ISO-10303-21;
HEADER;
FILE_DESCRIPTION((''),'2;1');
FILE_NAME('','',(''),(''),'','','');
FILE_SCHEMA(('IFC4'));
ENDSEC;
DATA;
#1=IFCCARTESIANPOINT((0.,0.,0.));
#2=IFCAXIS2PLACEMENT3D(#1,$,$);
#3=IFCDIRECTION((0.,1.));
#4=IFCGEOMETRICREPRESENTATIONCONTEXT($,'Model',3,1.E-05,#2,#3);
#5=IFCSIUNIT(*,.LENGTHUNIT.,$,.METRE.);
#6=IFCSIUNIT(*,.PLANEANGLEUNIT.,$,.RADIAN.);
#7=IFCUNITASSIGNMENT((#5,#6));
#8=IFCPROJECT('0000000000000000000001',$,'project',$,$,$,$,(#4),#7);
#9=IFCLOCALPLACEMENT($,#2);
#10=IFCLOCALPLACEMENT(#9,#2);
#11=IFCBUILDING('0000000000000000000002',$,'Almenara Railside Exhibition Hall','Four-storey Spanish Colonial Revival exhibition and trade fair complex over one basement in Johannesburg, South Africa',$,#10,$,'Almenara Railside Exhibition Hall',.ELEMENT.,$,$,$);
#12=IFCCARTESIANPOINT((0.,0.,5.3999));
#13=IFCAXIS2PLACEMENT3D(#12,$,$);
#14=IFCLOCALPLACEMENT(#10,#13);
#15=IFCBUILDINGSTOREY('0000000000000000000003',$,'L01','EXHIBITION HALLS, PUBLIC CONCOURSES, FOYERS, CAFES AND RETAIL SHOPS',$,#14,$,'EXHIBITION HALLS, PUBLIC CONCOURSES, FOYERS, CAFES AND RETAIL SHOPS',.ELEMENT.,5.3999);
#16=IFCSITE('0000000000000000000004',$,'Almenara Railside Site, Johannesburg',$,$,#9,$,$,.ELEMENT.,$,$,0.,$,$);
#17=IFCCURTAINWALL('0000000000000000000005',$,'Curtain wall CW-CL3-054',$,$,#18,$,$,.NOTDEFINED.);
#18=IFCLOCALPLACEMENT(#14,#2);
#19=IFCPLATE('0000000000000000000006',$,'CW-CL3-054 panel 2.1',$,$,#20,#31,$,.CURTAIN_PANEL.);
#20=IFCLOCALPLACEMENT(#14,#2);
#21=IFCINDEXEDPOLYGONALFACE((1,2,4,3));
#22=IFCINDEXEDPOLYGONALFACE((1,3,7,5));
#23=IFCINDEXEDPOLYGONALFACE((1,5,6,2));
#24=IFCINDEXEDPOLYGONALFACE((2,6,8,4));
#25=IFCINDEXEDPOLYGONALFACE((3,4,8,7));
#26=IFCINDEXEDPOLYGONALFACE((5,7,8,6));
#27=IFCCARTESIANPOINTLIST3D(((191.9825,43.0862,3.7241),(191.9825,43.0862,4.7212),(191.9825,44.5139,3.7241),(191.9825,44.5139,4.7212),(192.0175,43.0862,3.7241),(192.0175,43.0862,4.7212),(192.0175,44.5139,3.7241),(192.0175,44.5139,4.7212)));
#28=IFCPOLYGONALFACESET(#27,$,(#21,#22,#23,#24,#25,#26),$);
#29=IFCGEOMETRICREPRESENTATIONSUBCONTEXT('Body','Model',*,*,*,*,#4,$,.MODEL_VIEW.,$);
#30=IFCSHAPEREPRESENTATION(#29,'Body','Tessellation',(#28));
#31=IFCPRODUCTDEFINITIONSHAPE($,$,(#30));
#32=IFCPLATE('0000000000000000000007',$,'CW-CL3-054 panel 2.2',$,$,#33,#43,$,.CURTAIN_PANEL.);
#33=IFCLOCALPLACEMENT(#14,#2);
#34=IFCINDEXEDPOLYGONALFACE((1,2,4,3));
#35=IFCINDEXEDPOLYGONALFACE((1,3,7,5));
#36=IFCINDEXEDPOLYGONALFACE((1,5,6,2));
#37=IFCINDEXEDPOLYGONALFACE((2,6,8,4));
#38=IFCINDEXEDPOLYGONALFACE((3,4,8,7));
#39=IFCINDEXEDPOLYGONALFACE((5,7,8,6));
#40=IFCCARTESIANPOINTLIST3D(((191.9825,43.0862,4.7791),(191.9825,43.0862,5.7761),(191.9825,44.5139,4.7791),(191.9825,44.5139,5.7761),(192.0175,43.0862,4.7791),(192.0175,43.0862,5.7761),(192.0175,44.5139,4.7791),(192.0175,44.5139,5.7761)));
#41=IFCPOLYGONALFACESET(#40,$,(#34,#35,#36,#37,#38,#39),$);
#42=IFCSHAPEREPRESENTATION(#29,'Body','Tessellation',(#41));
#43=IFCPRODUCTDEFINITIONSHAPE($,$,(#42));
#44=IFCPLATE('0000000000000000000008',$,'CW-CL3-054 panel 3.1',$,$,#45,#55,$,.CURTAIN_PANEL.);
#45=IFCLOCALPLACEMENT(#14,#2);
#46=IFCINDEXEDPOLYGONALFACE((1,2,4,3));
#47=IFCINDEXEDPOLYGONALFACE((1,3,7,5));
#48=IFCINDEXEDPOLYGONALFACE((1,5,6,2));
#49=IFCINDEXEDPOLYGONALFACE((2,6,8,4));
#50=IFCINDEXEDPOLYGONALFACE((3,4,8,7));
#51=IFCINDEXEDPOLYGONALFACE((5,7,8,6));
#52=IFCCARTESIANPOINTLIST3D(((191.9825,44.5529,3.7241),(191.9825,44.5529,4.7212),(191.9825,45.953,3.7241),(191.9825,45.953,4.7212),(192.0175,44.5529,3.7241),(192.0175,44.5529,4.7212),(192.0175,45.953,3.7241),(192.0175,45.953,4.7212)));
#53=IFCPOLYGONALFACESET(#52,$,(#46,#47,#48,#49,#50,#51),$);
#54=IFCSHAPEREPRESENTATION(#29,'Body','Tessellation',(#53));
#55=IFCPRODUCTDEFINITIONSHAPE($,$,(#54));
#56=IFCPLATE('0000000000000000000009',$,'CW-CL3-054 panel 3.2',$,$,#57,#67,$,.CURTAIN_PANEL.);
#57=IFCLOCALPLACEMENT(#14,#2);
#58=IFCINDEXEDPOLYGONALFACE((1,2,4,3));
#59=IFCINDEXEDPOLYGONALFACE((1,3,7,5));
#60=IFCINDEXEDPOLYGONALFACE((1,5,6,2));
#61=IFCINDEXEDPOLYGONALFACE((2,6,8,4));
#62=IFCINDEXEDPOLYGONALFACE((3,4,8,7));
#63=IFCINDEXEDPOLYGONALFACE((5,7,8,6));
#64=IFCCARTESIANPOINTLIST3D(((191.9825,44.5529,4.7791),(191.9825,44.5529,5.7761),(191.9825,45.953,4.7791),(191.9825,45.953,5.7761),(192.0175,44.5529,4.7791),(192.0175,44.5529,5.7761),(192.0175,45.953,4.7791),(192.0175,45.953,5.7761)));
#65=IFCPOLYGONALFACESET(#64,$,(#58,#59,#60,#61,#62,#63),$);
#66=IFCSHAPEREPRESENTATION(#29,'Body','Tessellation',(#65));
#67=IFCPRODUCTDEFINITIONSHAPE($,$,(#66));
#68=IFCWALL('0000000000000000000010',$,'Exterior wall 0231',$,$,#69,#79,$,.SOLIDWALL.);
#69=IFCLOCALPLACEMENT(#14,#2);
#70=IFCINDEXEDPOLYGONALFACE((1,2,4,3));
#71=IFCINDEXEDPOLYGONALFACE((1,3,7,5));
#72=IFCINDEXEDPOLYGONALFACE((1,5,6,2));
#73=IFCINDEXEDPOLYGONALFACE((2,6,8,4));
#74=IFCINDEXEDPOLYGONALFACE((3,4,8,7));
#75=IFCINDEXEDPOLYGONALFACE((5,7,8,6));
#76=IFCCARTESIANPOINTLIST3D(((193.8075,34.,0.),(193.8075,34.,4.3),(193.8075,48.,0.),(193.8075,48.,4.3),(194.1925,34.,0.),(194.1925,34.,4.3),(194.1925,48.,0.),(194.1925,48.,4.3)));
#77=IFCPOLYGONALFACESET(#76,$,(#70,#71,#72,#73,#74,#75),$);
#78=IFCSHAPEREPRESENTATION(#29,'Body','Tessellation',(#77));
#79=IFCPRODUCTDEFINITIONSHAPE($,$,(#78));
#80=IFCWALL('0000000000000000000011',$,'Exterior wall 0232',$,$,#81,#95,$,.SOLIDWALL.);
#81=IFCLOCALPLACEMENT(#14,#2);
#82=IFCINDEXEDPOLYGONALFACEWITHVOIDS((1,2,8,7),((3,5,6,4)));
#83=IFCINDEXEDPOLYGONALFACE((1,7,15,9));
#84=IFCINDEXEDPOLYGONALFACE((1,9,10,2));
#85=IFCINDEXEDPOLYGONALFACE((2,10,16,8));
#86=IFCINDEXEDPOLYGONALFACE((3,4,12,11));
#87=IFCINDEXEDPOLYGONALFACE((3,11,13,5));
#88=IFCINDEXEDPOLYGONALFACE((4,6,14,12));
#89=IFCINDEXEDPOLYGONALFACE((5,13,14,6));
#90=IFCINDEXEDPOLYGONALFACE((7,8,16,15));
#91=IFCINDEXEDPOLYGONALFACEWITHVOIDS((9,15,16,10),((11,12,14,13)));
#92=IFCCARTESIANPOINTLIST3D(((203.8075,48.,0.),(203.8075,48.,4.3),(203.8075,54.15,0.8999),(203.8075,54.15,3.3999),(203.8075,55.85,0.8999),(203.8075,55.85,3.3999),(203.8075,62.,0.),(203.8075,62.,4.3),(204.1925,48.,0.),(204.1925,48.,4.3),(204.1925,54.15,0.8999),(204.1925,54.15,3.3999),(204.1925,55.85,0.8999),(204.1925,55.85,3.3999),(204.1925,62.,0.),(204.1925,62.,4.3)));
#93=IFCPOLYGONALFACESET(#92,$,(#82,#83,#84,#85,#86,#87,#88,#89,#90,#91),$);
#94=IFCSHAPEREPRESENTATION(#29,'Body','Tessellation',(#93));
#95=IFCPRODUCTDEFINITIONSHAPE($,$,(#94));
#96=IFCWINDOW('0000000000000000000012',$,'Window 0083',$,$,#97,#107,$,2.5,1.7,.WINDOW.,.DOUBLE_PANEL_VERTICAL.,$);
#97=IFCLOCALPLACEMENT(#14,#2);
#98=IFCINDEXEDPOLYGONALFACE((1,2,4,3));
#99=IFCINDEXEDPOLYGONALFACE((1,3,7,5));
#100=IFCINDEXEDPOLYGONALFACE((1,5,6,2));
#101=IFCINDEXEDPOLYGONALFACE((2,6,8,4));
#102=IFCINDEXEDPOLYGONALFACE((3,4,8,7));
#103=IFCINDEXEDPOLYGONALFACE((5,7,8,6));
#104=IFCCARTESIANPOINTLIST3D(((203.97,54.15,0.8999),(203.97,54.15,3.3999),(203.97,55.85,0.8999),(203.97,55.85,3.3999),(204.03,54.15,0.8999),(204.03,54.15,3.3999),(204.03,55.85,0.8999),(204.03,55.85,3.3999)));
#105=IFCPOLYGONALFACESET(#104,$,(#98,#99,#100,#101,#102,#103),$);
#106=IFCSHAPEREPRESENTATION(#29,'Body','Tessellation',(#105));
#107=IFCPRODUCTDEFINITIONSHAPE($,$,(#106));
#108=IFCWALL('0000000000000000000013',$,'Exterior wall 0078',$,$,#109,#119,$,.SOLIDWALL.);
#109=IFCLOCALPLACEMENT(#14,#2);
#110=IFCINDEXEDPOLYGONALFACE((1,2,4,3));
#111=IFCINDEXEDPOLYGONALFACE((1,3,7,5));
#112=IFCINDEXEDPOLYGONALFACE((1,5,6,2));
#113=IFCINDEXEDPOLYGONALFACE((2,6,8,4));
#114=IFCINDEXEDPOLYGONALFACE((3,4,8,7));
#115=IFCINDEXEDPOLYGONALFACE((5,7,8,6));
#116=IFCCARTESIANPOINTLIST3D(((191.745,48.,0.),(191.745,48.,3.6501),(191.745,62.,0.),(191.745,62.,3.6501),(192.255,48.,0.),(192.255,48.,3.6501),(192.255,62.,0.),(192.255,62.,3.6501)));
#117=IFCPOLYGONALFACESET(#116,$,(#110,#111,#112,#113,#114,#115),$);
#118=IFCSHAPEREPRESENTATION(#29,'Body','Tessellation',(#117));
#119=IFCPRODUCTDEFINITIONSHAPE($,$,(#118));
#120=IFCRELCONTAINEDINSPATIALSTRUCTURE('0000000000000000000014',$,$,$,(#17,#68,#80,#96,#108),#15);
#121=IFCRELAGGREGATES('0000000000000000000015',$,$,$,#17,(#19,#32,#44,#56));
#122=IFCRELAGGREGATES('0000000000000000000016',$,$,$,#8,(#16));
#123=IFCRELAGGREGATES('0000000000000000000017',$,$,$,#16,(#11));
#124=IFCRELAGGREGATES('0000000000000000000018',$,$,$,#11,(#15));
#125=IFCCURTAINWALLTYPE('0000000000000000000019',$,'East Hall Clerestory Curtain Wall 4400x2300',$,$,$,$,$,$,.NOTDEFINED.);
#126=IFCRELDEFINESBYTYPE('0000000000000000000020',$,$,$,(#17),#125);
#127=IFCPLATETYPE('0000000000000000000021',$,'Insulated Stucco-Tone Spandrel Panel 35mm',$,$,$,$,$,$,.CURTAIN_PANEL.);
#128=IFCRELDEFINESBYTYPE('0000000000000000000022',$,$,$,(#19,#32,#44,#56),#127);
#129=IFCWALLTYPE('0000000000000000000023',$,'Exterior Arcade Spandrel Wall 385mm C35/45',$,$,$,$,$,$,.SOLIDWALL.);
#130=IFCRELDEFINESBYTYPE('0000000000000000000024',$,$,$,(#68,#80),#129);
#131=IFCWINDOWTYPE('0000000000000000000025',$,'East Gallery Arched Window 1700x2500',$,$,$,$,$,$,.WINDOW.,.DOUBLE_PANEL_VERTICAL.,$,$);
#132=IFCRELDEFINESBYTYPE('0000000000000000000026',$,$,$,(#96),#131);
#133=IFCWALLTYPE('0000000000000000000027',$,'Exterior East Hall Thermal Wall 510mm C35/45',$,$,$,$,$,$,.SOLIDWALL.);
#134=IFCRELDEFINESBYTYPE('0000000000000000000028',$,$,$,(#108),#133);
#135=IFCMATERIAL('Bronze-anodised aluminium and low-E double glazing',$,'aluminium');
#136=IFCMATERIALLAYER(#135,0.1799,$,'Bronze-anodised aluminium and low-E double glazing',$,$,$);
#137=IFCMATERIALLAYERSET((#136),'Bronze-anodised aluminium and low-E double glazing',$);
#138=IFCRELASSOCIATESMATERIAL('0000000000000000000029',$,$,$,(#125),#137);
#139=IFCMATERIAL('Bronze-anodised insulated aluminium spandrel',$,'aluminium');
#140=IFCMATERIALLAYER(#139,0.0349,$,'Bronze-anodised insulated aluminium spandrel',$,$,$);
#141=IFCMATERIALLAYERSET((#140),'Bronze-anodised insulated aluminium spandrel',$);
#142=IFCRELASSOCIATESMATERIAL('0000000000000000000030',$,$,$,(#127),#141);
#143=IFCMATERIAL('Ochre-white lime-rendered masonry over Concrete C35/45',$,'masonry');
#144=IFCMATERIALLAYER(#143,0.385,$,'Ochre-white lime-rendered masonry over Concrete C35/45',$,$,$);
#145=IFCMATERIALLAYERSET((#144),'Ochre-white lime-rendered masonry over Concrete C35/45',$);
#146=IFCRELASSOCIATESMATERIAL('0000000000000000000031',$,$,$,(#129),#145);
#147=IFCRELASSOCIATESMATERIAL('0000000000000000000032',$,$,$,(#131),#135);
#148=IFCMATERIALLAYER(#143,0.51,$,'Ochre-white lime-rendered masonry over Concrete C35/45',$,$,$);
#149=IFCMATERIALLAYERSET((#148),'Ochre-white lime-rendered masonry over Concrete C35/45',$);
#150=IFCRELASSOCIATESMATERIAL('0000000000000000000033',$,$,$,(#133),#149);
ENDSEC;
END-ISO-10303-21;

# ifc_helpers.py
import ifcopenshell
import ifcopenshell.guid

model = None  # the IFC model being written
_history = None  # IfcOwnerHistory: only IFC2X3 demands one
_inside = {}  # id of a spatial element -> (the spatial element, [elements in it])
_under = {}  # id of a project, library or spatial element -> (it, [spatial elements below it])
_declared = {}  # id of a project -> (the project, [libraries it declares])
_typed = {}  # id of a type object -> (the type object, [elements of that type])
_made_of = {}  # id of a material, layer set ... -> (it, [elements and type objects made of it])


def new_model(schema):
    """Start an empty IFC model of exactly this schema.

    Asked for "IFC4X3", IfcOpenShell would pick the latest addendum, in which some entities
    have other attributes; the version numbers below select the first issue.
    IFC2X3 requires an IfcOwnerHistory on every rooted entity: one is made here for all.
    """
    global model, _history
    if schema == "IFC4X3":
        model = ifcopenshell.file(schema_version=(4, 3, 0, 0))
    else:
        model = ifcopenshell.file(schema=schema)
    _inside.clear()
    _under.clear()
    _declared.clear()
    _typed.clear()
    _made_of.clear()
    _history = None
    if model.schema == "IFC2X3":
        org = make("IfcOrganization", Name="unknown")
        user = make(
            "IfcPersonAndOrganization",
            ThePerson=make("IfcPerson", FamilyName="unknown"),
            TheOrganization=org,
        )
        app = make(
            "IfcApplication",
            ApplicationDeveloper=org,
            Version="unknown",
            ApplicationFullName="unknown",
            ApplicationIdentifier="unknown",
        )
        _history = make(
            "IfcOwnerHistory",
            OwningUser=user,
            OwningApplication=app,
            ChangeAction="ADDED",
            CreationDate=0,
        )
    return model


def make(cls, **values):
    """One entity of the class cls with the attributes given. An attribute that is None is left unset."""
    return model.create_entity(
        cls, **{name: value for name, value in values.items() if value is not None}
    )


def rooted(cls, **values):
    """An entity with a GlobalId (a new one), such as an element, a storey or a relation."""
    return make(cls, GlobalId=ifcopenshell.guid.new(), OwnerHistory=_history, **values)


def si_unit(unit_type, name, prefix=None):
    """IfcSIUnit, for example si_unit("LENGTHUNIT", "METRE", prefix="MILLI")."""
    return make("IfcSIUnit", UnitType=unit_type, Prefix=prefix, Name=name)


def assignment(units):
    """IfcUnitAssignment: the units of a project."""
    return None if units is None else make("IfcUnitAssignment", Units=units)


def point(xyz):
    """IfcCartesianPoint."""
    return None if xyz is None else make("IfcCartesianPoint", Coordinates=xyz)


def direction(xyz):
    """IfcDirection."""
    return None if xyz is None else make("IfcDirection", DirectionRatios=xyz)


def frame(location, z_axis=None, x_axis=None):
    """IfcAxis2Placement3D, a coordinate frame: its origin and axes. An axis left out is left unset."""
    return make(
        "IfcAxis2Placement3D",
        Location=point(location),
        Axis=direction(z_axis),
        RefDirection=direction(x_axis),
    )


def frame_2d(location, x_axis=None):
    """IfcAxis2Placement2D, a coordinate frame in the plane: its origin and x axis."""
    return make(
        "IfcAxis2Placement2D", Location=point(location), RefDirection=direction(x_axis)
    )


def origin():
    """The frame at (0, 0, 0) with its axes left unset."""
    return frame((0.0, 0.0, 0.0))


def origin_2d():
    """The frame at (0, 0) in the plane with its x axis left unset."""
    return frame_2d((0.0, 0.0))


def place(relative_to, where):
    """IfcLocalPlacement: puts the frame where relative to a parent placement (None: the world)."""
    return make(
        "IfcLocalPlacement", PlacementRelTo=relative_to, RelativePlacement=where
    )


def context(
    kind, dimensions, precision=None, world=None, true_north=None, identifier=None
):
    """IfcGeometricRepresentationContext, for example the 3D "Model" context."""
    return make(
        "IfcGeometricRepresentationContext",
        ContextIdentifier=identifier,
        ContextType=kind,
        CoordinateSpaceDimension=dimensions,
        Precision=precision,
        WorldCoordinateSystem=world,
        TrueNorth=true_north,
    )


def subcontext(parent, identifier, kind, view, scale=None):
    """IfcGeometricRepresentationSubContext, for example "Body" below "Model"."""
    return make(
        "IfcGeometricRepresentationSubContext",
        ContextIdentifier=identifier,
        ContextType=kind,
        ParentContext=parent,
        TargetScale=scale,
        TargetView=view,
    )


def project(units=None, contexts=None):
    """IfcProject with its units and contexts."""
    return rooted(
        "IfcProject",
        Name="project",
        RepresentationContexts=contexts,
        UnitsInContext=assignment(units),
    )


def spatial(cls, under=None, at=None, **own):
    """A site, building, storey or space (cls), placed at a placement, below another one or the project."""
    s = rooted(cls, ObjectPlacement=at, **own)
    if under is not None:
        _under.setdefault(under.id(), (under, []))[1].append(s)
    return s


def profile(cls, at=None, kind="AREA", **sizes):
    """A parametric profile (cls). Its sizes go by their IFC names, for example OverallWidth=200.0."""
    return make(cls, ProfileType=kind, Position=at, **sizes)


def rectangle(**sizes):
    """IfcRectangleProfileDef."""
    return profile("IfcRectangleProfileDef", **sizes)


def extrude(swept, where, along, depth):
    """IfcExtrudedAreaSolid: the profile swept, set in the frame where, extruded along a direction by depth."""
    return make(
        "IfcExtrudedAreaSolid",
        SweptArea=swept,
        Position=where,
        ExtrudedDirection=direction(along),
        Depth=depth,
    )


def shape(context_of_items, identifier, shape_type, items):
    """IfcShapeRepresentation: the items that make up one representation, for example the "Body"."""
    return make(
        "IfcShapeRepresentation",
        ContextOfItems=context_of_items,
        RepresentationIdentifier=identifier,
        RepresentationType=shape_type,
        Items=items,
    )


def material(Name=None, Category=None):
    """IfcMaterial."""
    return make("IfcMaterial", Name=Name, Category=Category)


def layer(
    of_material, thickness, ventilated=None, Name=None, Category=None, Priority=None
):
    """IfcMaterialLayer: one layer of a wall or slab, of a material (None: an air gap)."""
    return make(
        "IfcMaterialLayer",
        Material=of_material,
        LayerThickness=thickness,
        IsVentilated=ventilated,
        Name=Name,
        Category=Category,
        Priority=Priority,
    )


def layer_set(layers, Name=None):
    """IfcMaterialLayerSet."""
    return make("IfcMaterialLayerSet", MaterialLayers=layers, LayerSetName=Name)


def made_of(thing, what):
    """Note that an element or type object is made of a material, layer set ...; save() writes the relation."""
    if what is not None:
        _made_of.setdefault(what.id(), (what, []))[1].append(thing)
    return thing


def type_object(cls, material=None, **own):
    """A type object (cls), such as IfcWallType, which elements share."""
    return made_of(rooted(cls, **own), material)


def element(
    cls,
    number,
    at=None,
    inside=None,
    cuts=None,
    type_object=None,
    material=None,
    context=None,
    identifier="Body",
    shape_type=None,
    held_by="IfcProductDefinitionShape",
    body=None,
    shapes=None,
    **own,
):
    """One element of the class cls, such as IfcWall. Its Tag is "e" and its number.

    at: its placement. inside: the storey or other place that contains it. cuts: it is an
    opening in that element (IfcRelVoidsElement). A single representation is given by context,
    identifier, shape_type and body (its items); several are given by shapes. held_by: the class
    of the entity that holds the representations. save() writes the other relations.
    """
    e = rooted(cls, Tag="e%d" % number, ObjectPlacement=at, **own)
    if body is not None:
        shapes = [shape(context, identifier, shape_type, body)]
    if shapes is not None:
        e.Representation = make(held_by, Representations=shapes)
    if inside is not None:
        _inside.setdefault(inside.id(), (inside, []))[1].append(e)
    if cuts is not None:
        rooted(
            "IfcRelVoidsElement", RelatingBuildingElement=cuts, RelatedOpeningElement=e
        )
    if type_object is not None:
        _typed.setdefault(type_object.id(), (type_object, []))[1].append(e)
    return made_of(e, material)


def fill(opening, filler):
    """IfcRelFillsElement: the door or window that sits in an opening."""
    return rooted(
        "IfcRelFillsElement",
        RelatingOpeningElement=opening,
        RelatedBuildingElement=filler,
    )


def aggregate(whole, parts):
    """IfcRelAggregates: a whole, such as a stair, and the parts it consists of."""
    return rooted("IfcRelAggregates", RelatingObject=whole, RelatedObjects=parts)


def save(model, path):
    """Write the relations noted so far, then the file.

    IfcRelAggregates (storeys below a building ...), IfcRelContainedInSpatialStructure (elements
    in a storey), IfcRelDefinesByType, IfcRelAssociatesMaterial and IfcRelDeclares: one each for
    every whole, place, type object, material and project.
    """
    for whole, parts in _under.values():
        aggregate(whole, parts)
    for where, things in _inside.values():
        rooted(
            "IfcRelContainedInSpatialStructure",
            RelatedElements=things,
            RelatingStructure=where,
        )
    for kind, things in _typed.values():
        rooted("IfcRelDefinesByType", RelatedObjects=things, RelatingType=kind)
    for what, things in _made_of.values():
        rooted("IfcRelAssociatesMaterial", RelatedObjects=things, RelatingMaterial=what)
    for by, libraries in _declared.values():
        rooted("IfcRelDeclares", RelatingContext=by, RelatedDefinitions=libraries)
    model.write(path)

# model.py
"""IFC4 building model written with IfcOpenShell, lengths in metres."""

from ifc_helpers import new_model, si_unit, direction, frame, frame_2d, origin, origin_2d, place, context, subcontext, project, spatial, rectangle, extrude, material, layer, layer_set, type_object, element, fill, aggregate, save


model = new_model("IFC4")

# Units and contexts
model_context = context("Model", 3, precision=1e-05, world=origin(), true_north=direction((0.0, 1.0)))
body_context = subcontext(model_context, "Body", "Model", "MODEL_VIEW")
ifc_project = project(units=[si_unit("LENGTHUNIT", "METRE"), si_unit("PLANEANGLEUNIT", "RADIAN")], contexts=[model_context])

# Site, building, storey
site_placement = place(None, origin())
site = spatial("IfcSite", under=ifc_project, at=site_placement, Name="Almenara Railside Site, Johannesburg", CompositionType="ELEMENT", RefElevation=0.0)
building_placement = place(site_placement, origin())
building = spatial("IfcBuilding", under=site, at=building_placement, Name="Almenara Railside Exhibition Hall", Description="Four-storey Spanish Colonial Revival exhibition and trade fair complex over one basement in Johannesburg, South Africa", LongName="Almenara Railside Exhibition Hall", CompositionType="ELEMENT")
storey_placement = place(building_placement, frame((0.0, 0.0, 5.3999)))
storey = spatial("IfcBuildingStorey", under=building, at=storey_placement, Name="L01", Description="EXHIBITION HALLS, PUBLIC CONCOURSES, FOYERS, CAFES AND RETAIL SHOPS", LongName="EXHIBITION HALLS, PUBLIC CONCOURSES, FOYERS, CAFES AND RETAIL SHOPS", CompositionType="ELEMENT", Elevation=5.3999)

# Curtain wall
ifc_material_1 = material(Name="Bronze-anodised aluminium and low-E double glazing", Category="aluminium")
ifc_layer_1 = layer(ifc_material_1, 0.1799, Name="Bronze-anodised aluminium and low-E double glazing")
ifc_layer_set_1 = layer_set([ifc_layer_1], Name="Bronze-anodised aluminium and low-E double glazing")
curtain_wall_type_1 = type_object("IfcCurtainWallType", Name="East Hall Clerestory Curtain Wall 4400x2300", PredefinedType="NOTDEFINED", material=ifc_layer_set_1)
curtain_wall_1_placement = place(storey_placement, origin())
curtain_wall_1 = element("IfcCurtainWall", 1, at=curtain_wall_1_placement, inside=storey, type_object=curtain_wall_type_1, Name="Curtain wall CW-CL3-054", PredefinedType="NOTDEFINED")

# Plates
ifc_material_2 = material(Name="Bronze-anodised insulated aluminium spandrel", Category="aluminium")
ifc_layer_2 = layer(ifc_material_2, 0.0349, Name="Bronze-anodised insulated aluminium spandrel")
ifc_layer_set_2 = layer_set([ifc_layer_2], Name="Bronze-anodised insulated aluminium spandrel")
plate_type = type_object("IfcPlateType", Name="Insulated Stucco-Tone Spandrel Panel 35mm", PredefinedType="CURTAIN_PANEL", material=ifc_layer_set_2)
plate_1_placement = place(storey_placement, frame((192.0, 43.8, 3.7241), z_axis=(0.0, 0.0, 1.0), x_axis=(0.0, 1.0, 0.0)))
plate_1 = element("IfcPlate", 2, at=plate_1_placement, type_object=plate_type, Name="CW-CL3-054 panel 2.1", PredefinedType="CURTAIN_PANEL", context=body_context, shape_type="SweptSolid", body=[
    extrude(rectangle(XDim=1.4277, YDim=0.0349, at=origin_2d()), origin(), (0.0, 0.0, 1.0), 0.9971),
])
plate_2_placement = place(storey_placement, frame((192.0, 43.8, 4.7791), z_axis=(0.0, 0.0, 1.0), x_axis=(0.0, 1.0, 0.0)))
plate_2 = element("IfcPlate", 3, at=plate_2_placement, type_object=plate_type, Name="CW-CL3-054 panel 2.2", PredefinedType="CURTAIN_PANEL", context=body_context, shape_type="SweptSolid", body=[
    extrude(rectangle(XDim=1.4277, YDim=0.0349, at=origin_2d()), origin(), (0.0, 0.0, 1.0), 0.9971),
])
plate_3_placement = place(storey_placement, frame((192.0, 45.2529, 3.7241), z_axis=(0.0, 0.0, 1.0), x_axis=(0.0, 1.0, 0.0)))
plate_3 = element("IfcPlate", 4, at=plate_3_placement, type_object=plate_type, Name="CW-CL3-054 panel 3.1", PredefinedType="CURTAIN_PANEL", context=body_context, shape_type="SweptSolid", body=[
    extrude(rectangle(XDim=1.4001, YDim=0.0349, at=origin_2d()), origin(), (0.0, 0.0, 1.0), 0.9971),
])
plate_4_placement = place(storey_placement, frame((192.0, 45.2529, 4.7791), z_axis=(0.0, 0.0, 1.0), x_axis=(0.0, 1.0, 0.0)))
plate_4 = element("IfcPlate", 5, at=plate_4_placement, type_object=plate_type, Name="CW-CL3-054 panel 3.2", PredefinedType="CURTAIN_PANEL", context=body_context, shape_type="SweptSolid", body=[
    extrude(rectangle(XDim=1.4001, YDim=0.0349, at=origin_2d()), origin(), (0.0, 0.0, 1.0), 0.9971),
])
aggregate(curtain_wall_1, [plate_1, plate_2, plate_3, plate_4])

# Wall
ifc_material_3 = material(Name="Ochre-white lime-rendered masonry over Concrete C35/45", Category="masonry")
ifc_layer_3 = layer(ifc_material_3, 0.385, Name="Ochre-white lime-rendered masonry over Concrete C35/45")
ifc_layer_set_3 = layer_set([ifc_layer_3], Name="Ochre-white lime-rendered masonry over Concrete C35/45")
wall_type_1 = type_object("IfcWallType", Name="Exterior Arcade Spandrel Wall 385mm C35/45", PredefinedType="SOLIDWALL", material=ifc_layer_set_3)
wall_1_placement = place(storey_placement, frame((194.0, 48.0, 0.0), z_axis=(0.0, 0.0, 1.0), x_axis=(0.0, -1.0, 0.0)))
element("IfcWall", 6, at=wall_1_placement, inside=storey, type_object=wall_type_1, Name="Exterior wall 0231", PredefinedType="SOLIDWALL", context=body_context, shape_type="SweptSolid", body=[
    extrude(rectangle(XDim=14.0, YDim=0.385, at=frame_2d((7.0, 0.0))), origin(), (0.0, 0.0, 1.0), 4.3),
])

# Wall, opening, window
wall_2_placement = place(storey_placement, frame((204.0, 48.0, 0.0), z_axis=(0.0, 0.0, 1.0), x_axis=(0.0, 1.0, 0.0)))
wall_2 = element("IfcWall", 7, at=wall_2_placement, inside=storey, type_object=wall_type_1, Name="Exterior wall 0232", PredefinedType="SOLIDWALL", context=body_context, shape_type="SweptSolid", body=[
    extrude(rectangle(XDim=14.0, YDim=0.385, at=frame_2d((7.0, 0.0))), origin(), (0.0, 0.0, 1.0), 4.3),
])
opening_placement = place(wall_2_placement, frame((6.1499, 0.0, 0.8999)))
opening = element("IfcOpeningElement", 8, at=opening_placement, cuts=wall_2, PredefinedType="OPENING", context=body_context, shape_type="SweptSolid", body=[
    extrude(rectangle(XDim=1.7, YDim=2.5, at=frame_2d((0.8501, 1.25))), frame((0.0, 0.2024, 0.0), z_axis=(0.0, -1.0, 0.0), x_axis=(1.0, 0.0, 0.0)), (0.0, 0.0, 1.0), 0.405),
])
window_type = type_object("IfcWindowType", Name="East Gallery Arched Window 1700x2500", PartitioningType="DOUBLE_PANEL_VERTICAL", PredefinedType="WINDOW", material=ifc_material_1)
window_placement = place(opening_placement, origin())
window = element("IfcWindow", 9, at=window_placement, inside=storey, type_object=window_type, Name="Window 0083", OverallHeight=2.5, OverallWidth=1.7, PartitioningType="DOUBLE_PANEL_VERTICAL", PredefinedType="WINDOW", context=body_context, shape_type="SweptSolid", body=[
    extrude(rectangle(XDim=1.7, YDim=2.5, at=frame_2d((0.8501, 1.25))), frame((0.0, 0.03, 0.0), z_axis=(0.0, -1.0, 0.0), x_axis=(1.0, 0.0, 0.0)), (0.0, 0.0, 1.0), 0.0601),
])
fill(opening, window)

# Wall
ifc_layer_4 = layer(ifc_material_3, 0.51, Name="Ochre-white lime-rendered masonry over Concrete C35/45")
ifc_layer_set_4 = layer_set([ifc_layer_4], Name="Ochre-white lime-rendered masonry over Concrete C35/45")
wall_type_2 = type_object("IfcWallType", Name="Exterior East Hall Thermal Wall 510mm C35/45", PredefinedType="SOLIDWALL", material=ifc_layer_set_4)
wall_3_placement = place(storey_placement, frame((192.0, 48.0, 0.0), z_axis=(0.0, 0.0, 1.0), x_axis=(0.0, 1.0, 0.0)))
element("IfcWall", 10, at=wall_3_placement, inside=storey, type_object=wall_type_2, Name="Exterior wall 0078", PredefinedType="SOLIDWALL", context=body_context, shape_type="SweptSolid", body=[
    extrude(rectangle(XDim=14.0, YDim=0.51, at=frame_2d((7.0, 0.0))), origin(), (0.0, 0.0, 1.0), 3.6501),
])

save(model, "model.ifc")
